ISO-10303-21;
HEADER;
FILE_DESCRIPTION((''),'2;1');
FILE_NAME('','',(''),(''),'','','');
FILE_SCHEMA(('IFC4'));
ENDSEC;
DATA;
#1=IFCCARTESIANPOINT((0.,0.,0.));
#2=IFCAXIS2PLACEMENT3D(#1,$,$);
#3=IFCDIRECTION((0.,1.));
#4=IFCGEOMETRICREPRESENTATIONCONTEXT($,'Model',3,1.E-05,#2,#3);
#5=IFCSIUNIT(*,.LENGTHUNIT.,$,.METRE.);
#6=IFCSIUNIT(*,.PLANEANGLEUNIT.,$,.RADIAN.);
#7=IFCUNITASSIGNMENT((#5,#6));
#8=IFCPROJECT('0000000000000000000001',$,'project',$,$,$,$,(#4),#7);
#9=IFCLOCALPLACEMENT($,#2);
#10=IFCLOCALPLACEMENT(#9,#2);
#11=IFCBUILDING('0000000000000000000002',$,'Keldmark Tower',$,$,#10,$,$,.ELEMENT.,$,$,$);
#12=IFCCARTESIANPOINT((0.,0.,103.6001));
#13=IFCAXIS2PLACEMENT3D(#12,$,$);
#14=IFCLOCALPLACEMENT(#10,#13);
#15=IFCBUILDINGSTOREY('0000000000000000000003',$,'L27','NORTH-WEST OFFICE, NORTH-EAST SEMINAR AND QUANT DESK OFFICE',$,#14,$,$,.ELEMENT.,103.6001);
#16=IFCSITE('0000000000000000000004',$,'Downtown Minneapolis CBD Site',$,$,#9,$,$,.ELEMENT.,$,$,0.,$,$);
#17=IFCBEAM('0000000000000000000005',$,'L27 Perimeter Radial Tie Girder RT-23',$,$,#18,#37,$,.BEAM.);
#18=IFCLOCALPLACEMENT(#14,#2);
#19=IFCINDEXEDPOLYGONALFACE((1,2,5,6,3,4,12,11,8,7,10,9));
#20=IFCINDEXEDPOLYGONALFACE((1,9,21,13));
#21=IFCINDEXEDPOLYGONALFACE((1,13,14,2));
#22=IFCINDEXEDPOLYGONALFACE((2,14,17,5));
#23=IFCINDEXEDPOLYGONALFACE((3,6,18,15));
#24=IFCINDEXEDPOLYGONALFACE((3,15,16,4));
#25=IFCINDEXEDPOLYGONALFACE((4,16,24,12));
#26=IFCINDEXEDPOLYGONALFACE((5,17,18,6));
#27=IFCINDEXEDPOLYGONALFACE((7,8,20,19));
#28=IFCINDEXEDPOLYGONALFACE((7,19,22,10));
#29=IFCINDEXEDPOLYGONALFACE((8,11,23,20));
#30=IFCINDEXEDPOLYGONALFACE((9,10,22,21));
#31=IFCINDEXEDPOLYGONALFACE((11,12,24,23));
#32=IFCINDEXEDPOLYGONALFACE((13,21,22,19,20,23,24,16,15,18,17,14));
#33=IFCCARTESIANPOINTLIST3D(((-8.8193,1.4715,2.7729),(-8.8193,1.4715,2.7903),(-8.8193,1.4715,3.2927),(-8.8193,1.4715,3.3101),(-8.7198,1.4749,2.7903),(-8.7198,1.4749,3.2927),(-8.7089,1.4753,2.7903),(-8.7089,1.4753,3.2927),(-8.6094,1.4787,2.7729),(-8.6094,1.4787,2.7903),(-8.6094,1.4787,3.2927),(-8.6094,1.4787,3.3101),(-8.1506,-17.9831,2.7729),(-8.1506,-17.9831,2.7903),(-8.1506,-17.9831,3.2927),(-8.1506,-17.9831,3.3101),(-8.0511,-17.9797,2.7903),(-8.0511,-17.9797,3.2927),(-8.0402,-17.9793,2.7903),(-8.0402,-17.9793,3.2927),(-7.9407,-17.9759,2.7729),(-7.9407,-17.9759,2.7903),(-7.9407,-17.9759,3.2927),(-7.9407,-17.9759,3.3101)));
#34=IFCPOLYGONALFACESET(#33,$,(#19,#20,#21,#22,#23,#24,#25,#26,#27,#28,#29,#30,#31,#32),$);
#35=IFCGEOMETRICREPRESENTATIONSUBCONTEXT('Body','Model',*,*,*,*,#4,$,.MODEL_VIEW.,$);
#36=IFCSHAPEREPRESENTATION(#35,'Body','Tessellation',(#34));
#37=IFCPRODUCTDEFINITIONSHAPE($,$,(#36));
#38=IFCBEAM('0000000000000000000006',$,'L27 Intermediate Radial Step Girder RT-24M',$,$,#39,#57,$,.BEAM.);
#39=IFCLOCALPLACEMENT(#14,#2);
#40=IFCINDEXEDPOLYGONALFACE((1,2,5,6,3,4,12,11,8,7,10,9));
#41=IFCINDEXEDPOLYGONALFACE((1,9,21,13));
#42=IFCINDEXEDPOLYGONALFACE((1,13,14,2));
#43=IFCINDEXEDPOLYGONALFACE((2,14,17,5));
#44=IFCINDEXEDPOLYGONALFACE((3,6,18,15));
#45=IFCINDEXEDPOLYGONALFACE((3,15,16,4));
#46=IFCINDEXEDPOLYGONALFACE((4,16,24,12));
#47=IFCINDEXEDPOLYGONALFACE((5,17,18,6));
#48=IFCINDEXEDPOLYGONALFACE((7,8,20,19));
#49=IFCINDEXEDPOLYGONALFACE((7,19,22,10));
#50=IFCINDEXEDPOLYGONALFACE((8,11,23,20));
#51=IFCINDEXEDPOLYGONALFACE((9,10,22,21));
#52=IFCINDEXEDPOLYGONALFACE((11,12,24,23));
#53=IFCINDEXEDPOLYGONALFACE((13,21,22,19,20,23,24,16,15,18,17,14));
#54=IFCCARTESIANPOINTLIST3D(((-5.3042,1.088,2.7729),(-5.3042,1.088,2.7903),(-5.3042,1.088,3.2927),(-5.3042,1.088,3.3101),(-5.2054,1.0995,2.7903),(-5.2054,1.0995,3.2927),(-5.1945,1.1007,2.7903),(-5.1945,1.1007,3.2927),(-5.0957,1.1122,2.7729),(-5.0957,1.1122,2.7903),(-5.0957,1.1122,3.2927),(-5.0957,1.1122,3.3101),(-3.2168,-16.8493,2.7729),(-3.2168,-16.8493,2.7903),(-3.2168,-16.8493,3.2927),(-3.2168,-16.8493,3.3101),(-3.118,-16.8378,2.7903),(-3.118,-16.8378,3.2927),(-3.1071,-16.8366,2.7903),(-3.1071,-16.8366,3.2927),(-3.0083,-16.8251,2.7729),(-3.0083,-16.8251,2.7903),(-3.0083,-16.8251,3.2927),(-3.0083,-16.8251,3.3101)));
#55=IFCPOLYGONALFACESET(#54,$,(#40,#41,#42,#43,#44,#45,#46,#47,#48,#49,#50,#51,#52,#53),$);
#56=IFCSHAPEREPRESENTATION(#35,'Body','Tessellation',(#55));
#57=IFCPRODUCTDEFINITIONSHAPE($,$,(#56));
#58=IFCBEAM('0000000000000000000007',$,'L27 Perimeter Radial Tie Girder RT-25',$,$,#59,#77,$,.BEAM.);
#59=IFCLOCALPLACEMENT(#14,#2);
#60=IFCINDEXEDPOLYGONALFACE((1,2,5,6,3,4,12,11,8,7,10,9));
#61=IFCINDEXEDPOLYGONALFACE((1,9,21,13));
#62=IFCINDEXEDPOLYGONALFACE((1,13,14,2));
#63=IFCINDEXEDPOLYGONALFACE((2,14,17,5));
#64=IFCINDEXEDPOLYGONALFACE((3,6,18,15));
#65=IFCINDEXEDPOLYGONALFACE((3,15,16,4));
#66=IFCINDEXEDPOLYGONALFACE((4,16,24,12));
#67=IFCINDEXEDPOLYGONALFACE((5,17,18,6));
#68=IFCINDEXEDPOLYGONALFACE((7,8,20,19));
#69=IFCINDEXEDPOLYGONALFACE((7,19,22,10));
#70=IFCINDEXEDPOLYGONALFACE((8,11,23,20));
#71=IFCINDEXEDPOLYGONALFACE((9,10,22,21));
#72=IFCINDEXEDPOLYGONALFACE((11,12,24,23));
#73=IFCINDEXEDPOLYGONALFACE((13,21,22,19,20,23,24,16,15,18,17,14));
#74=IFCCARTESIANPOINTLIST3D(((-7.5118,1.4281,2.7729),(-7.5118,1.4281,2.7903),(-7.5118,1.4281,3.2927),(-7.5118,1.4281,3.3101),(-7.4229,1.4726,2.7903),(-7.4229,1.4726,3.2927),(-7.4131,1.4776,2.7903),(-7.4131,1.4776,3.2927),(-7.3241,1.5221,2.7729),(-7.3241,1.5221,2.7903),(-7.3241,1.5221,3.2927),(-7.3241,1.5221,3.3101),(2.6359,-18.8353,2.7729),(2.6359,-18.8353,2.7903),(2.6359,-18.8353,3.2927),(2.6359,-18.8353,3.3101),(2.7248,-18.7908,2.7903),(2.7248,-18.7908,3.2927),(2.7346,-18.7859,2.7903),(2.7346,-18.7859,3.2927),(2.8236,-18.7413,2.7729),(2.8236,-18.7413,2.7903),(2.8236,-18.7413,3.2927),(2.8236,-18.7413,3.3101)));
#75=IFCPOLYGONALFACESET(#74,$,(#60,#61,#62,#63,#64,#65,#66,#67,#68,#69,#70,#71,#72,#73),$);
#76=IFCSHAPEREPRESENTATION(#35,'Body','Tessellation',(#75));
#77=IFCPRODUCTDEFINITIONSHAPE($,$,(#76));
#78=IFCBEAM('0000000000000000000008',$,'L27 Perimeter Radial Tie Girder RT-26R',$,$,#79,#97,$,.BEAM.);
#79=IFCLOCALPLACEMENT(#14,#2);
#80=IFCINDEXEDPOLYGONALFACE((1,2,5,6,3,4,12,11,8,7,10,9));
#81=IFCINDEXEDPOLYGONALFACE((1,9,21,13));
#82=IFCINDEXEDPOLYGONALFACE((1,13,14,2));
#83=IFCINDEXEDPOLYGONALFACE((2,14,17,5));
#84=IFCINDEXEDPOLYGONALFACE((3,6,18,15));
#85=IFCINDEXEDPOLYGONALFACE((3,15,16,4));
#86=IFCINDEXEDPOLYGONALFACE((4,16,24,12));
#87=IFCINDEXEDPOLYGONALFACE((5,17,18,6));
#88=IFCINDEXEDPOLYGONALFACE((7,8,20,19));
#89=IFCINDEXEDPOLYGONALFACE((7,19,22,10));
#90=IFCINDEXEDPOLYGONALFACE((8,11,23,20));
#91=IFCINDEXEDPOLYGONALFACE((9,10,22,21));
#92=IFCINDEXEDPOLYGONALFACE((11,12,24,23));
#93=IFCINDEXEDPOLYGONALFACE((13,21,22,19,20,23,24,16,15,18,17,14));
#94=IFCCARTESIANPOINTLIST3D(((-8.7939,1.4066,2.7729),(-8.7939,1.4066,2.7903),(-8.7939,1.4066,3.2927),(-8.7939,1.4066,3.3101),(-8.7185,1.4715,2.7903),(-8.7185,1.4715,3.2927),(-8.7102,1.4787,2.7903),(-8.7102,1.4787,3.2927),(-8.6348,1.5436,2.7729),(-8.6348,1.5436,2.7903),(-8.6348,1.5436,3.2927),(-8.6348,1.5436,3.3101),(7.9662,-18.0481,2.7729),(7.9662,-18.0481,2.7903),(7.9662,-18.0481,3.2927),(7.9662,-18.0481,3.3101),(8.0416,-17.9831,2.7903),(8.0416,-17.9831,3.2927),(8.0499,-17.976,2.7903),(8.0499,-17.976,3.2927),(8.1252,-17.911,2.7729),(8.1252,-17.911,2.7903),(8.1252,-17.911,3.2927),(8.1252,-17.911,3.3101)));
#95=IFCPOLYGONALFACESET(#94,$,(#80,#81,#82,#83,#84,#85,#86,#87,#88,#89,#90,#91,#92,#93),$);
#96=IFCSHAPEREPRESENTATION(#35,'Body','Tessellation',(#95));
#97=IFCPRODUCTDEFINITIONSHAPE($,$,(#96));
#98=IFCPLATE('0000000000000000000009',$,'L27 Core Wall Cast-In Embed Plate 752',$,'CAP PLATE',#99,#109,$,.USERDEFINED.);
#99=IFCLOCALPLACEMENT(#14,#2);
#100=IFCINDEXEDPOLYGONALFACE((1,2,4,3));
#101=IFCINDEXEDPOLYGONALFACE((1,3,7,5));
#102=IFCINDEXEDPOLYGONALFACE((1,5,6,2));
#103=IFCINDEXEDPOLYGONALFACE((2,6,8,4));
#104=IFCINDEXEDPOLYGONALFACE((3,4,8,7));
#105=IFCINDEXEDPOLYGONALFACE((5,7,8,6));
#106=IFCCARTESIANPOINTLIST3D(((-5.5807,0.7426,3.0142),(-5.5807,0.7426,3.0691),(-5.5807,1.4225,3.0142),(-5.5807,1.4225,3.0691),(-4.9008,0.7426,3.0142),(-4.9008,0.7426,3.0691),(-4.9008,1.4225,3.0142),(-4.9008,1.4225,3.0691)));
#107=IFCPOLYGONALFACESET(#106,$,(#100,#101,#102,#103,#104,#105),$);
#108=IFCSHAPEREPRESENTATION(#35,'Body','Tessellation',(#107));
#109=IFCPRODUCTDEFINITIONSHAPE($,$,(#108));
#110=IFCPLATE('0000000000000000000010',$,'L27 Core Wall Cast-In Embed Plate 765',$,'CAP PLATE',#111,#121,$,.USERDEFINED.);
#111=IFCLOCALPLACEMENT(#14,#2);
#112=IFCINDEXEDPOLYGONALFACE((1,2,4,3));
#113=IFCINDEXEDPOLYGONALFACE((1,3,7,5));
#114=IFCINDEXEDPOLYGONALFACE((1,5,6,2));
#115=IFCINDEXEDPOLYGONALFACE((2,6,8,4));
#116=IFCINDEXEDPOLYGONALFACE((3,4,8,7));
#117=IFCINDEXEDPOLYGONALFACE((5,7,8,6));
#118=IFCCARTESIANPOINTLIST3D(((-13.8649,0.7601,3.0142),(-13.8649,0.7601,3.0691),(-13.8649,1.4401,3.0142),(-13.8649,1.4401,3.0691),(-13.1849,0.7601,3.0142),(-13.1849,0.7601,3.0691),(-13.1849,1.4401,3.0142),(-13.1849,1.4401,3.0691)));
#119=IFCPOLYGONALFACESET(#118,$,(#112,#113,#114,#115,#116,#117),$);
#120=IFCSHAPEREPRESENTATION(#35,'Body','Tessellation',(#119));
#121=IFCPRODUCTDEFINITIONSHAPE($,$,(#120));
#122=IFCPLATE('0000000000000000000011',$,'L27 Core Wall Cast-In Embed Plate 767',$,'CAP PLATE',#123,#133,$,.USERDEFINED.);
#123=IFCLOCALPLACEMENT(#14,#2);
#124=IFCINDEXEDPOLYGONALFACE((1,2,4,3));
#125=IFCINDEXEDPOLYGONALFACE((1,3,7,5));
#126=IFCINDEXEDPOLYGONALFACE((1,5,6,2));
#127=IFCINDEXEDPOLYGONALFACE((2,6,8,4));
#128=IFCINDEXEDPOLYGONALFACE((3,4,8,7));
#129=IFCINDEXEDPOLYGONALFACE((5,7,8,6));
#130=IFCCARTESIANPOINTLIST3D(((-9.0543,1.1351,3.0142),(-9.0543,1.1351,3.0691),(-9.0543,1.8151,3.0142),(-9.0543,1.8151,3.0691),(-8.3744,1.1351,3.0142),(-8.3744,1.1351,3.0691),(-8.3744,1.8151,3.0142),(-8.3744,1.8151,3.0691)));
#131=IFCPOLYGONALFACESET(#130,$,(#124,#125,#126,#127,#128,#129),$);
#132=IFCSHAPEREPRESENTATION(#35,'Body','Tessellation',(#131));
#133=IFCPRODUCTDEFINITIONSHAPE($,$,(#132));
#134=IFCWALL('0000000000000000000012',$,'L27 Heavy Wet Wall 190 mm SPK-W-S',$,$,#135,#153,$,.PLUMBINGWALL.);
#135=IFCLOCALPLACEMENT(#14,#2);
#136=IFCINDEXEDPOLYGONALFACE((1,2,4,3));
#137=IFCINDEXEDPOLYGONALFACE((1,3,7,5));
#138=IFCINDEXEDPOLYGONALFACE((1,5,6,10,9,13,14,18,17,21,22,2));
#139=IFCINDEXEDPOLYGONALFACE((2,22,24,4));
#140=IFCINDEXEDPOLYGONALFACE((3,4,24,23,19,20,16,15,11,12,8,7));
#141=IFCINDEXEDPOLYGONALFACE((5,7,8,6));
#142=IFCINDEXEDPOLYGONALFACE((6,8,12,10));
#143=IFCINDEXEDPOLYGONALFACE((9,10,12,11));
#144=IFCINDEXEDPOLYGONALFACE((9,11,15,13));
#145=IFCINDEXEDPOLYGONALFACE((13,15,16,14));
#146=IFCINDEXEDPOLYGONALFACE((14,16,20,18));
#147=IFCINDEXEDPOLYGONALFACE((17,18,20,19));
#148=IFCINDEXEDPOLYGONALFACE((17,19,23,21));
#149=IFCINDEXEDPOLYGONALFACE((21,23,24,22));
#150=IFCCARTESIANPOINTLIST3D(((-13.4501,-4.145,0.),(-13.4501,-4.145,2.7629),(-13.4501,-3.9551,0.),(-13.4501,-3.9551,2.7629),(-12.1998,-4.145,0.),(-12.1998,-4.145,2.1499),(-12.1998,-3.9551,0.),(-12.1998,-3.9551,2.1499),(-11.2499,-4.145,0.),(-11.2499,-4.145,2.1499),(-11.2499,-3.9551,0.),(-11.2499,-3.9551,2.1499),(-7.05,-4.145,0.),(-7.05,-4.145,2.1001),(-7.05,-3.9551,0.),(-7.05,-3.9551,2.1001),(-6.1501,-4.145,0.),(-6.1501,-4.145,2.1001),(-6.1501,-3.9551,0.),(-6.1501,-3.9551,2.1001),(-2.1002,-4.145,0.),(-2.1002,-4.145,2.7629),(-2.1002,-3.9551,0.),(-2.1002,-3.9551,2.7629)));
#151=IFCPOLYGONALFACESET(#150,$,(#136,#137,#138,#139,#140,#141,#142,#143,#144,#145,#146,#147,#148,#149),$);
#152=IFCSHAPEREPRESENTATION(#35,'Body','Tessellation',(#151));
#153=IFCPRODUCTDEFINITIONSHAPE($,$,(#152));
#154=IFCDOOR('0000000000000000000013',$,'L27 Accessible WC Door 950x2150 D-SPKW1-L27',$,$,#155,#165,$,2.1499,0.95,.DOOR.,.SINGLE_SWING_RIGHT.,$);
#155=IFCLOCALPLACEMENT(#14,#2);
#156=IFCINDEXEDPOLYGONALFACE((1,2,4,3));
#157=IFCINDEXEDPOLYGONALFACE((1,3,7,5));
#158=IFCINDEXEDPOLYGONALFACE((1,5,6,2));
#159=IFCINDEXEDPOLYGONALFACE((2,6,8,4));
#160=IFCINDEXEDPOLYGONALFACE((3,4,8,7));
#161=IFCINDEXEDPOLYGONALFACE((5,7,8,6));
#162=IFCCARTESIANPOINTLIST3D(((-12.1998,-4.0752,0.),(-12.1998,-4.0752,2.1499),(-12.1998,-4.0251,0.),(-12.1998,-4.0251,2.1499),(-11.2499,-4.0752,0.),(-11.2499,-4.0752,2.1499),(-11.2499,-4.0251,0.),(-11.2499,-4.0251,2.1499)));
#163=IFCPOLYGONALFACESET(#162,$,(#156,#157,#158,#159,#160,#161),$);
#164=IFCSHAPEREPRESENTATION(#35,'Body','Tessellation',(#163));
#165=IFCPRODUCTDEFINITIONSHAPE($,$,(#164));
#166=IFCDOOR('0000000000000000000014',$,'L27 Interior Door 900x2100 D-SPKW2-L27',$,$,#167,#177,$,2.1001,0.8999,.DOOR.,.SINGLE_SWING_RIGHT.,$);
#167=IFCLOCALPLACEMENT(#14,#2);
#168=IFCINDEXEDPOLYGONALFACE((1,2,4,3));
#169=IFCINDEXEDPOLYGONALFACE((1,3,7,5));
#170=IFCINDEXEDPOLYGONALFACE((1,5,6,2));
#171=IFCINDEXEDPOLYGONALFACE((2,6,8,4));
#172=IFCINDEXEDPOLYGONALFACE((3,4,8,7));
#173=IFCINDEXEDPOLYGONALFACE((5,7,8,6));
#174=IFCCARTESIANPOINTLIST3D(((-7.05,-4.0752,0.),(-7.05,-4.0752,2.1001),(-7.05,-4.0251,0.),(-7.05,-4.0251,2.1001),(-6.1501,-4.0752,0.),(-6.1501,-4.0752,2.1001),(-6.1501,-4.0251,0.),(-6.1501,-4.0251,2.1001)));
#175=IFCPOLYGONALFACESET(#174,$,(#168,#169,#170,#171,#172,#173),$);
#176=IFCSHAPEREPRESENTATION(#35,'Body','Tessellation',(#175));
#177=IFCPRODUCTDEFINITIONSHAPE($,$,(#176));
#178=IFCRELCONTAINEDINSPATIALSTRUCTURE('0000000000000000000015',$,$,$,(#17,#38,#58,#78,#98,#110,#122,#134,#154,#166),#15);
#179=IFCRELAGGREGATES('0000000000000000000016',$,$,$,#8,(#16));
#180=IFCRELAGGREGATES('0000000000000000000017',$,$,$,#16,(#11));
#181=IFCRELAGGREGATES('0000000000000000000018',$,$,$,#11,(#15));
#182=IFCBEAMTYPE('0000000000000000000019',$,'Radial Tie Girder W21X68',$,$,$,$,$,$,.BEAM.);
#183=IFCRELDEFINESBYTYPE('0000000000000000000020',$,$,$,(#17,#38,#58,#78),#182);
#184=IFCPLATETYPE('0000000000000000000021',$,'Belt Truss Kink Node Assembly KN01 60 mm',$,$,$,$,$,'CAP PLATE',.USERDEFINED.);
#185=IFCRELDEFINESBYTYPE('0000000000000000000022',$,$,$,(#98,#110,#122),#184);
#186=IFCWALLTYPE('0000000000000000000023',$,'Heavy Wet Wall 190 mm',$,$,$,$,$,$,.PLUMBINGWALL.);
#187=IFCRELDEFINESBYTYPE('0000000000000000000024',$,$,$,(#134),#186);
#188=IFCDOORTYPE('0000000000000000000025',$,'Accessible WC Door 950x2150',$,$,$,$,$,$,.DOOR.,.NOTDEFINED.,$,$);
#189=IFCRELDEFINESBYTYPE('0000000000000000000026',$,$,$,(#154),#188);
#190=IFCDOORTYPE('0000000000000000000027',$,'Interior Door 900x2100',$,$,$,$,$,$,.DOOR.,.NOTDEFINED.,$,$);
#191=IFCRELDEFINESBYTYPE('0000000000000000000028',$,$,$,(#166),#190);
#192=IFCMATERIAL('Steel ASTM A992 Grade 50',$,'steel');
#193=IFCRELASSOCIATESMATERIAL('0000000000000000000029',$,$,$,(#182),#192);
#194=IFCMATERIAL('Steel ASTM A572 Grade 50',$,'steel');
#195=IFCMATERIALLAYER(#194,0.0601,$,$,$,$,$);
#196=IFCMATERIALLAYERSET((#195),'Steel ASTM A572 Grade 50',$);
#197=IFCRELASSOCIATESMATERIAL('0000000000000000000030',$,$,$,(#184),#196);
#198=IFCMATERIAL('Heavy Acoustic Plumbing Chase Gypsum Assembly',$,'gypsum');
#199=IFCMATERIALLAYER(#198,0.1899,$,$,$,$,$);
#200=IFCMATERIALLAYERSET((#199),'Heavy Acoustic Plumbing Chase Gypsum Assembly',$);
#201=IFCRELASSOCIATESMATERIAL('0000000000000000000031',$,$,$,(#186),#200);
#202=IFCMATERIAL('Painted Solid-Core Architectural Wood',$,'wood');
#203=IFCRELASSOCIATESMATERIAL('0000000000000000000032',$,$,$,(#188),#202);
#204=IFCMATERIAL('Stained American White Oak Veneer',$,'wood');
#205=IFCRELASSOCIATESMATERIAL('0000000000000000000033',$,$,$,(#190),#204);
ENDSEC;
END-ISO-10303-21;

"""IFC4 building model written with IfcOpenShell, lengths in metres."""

from ifc_helpers import new_model, si_unit, direction, frame, frame_2d, origin, origin_2d, place, context, subcontext, project, spatial, rectangle, i_section, extrude, material, layer, layer_set, material_profile, profile_set, type_object, element, fill, save


model = new_model("IFC4")

# Units and contexts
model_context = context("Model", 3, precision=1e-05, world=origin(), true_north=direction((0.0, 1.0)))
body_context = subcontext(model_context, "Body", "Model", "MODEL_VIEW")
ifc_project = project(units=[si_unit("LENGTHUNIT", "METRE"), si_unit("PLANEANGLEUNIT", "RADIAN")], contexts=[model_context])

# Site, building, storey
site_placement = place(None, origin())
site = spatial("IfcSite", under=ifc_project, at=site_placement, Name="Downtown Minneapolis CBD Site", CompositionType="ELEMENT", RefElevation=0.0)
building_placement = place(site_placement, origin())
building = spatial("IfcBuilding", under=site, at=building_placement, Name="Keldmark Tower", CompositionType="ELEMENT")
storey_placement = place(building_placement, frame((0.0, 0.0, 103.6001)))
storey = spatial("IfcBuildingStorey", under=building, at=storey_placement, Name="L27", Description="NORTH-WEST OFFICE, NORTH-EAST SEMINAR AND QUANT DESK OFFICE", CompositionType="ELEMENT", Elevation=103.6001)

# Beams
ifc_material_1 = material(Name="Steel ASTM A992 Grade 50", Category="steel")
ifc_material_profile_1 = material_profile(ifc_material_1, i_section(OverallWidth=0.21, OverallDepth=0.5371, WebThickness=0.011, FlangeThickness=0.0173, at=origin_2d()), Name="W21X68")
ifc_profile_set_1 = profile_set([ifc_material_profile_1], Name="Steel ASTM A992 Grade 50")
beam_type_1 = type_object("IfcBeamType", Name="Radial Tie Girder W21X68", PredefinedType="BEAM", material=ifc_profile_set_1)
beam_1_placement = place(storey_placement, frame((-8.7144, 1.4751, 3.0415), z_axis=(0.034352, -0.99941, 0.0), x_axis=(0.99941, 0.034352, 0.0)))
element("IfcBeam", 1, at=beam_1_placement, inside=storey, type_object=beam_type_1, Name="L27 Perimeter Radial Tie Girder RT-23", PredefinedType="BEAM", context=body_context, shape_type="SweptSolid", body=[
    extrude(i_section(OverallWidth=0.21, OverallDepth=0.5371, WebThickness=0.011, FlangeThickness=0.0173, at=origin_2d()), origin(), (0.0, 0.0, 1.0), 19.4661),
])
beam_2_placement = place(storey_placement, frame((-5.2, 1.1001, 3.0415), z_axis=(0.115592, -0.993297, 0.0), x_axis=(0.993297, 0.115592, 0.0)))
element("IfcBeam", 2, at=beam_2_placement, inside=storey, type_object=beam_type_1, Name="L27 Intermediate Radial Step Girder RT-24M", PredefinedType="BEAM", context=body_context, shape_type="SweptSolid", body=[
    extrude(i_section(OverallWidth=0.21, OverallDepth=0.5371, WebThickness=0.011, FlangeThickness=0.0173, at=origin_2d()), origin(), (0.0, 0.0, 1.0), 18.0583),
])
beam_3_placement = place(storey_placement, frame((-7.418, 1.4751, 3.0415), z_axis=(0.447778, -0.894145, 0.0), x_axis=(0.894145, 0.447778, 0.0)))
element("IfcBeam", 3, at=beam_3_placement, inside=storey, type_object=beam_type_1, Name="L27 Perimeter Radial Tie Girder RT-25", PredefinedType="BEAM", context=body_context, shape_type="SweptSolid", body=[
    extrude(i_section(OverallWidth=0.21, OverallDepth=0.5371, WebThickness=0.011, FlangeThickness=0.0173, at=origin_2d()), origin(), (0.0, 0.0, 1.0), 22.6624),
])
beam_4_placement = place(storey_placement, frame((-8.7144, 1.4751, 3.0415), z_axis=(0.65269, -0.757625, 0.0), x_axis=(0.757625, 0.65269, 0.0)))
element("IfcBeam", 4, at=beam_4_placement, inside=storey, type_object=beam_type_1, Name="L27 Perimeter Radial Tie Girder RT-26R", PredefinedType="BEAM", context=body_context, shape_type="SweptSolid", body=[
    extrude(i_section(OverallWidth=0.21, OverallDepth=0.5371, WebThickness=0.011, FlangeThickness=0.0173, at=origin_2d()), origin(), (0.0, 0.0, 1.0), 25.6785),
])

# Plates
ifc_material_2 = material(Name="Steel ASTM A572 Grade 50", Category="steel")
ifc_layer_1 = layer(ifc_material_2, 0.0601)
ifc_layer_set_1 = layer_set([ifc_layer_1], Name="Steel ASTM A572 Grade 50")
plate_type = type_object("IfcPlateType", Name="Belt Truss Kink Node Assembly KN01 60 mm", ElementType="CAP PLATE", PredefinedType="USERDEFINED", material=ifc_layer_set_1)
for number, where, z_axis, x_axis, name in (
    (5, (-5.2407, 1.0825, 3.0142), (0.0, 0.0, 1.0), (1.0, 0.0, 0.0), "L27 Core Wall Cast-In Embed Plate 752"),
    (6, (-13.5249, 1.1001, 3.0142), (0.0, 0.0, 1.0), (1.0, 0.0, 0.0), "L27 Core Wall Cast-In Embed Plate 765"),
    (7, (-8.7144, 1.4751, 3.0142), (0.0, 0.0, 1.0), (1.0, 0.0, 0.0), "L27 Core Wall Cast-In Embed Plate 767"),
):
    element("IfcPlate", number, at=place(storey_placement, frame(where, z_axis=z_axis, x_axis=x_axis)), inside=storey, type_object=plate_type, Name=name, ObjectType="CAP PLATE", PredefinedType="USERDEFINED", context=body_context, shape_type="SweptSolid", body=[
        extrude(rectangle(XDim=0.6799, YDim=0.6799, at=origin_2d()), origin(), (0.0, 0.0, 1.0), 0.0549),
    ])

# Wall, openings, doors
ifc_material_3 = material(Name="Heavy Acoustic Plumbing Chase Gypsum Assembly", Category="gypsum")
ifc_layer_2 = layer(ifc_material_3, 0.1899)
ifc_layer_set_2 = layer_set([ifc_layer_2], Name="Heavy Acoustic Plumbing Chase Gypsum Assembly")
wall_type_1 = type_object("IfcWallType", Name="Heavy Wet Wall 190 mm", PredefinedType="PLUMBINGWALL", material=ifc_layer_set_2)
wall_1_placement = place(storey_placement, frame((-13.45, -4.05, 0.0), z_axis=(0.0, 0.0, 1.0), x_axis=(1.0, 0.0, 0.0)))
wall_1 = element("IfcWall", 8, at=wall_1_placement, inside=storey, type_object=wall_type_1, Name="L27 Heavy Wet Wall 190 mm SPK-W-S", PredefinedType="PLUMBINGWALL", context=body_context, shape_type="SweptSolid", body=[
    extrude(rectangle(XDim=11.3499, YDim=0.1899, at=frame_2d((5.6748, 0.0))), origin(), (0.0, 0.0, 1.0), 2.7629),
])
opening_1_placement = place(wall_1_placement, frame((1.25, 0.0, 0.0)))
opening_1 = element("IfcOpeningElement", 9, at=opening_1_placement, cuts=wall_1, PredefinedType="OPENING", context=body_context, shape_type="SweptSolid", body=[
    extrude(rectangle(XDim=0.95, YDim=2.1499, at=frame_2d((0.4751, 1.075))), frame((0.0, 0.105, 0.0), z_axis=(0.0, -1.0, 0.0), x_axis=(1.0, 0.0, 0.0)), (0.0, 0.0, 1.0), 0.21),
])
opening_2_placement = place(wall_1_placement, frame((6.3999, 0.0, 0.0)))
opening_2 = element("IfcOpeningElement", 10, at=opening_2_placement, cuts=wall_1, PredefinedType="OPENING", context=body_context, shape_type="SweptSolid", body=[
    extrude(rectangle(XDim=0.8999, YDim=2.1001, at=frame_2d((0.45, 1.05))), frame((0.0, 0.105, 0.0), z_axis=(0.0, -1.0, 0.0), x_axis=(1.0, 0.0, 0.0)), (0.0, 0.0, 1.0), 0.21),
])
ifc_material_4 = material(Name="Painted Solid-Core Architectural Wood", Category="wood")
door_type_1 = type_object("IfcDoorType", Name="Accessible WC Door 950x2150", OperationType="NOTDEFINED", PredefinedType="DOOR", material=ifc_material_4)
door_1_placement = place(opening_1_placement, origin())
door_1 = element("IfcDoor", 11, at=door_1_placement, inside=storey, type_object=door_type_1, Name="L27 Accessible WC Door 950x2150 D-SPKW1-L27", OperationType="SINGLE_SWING_RIGHT", OverallHeight=2.1499, OverallWidth=0.95, PredefinedType="DOOR", context=body_context, shape_type="SweptSolid", body=[
    extrude(rectangle(XDim=0.95, YDim=2.1499, at=frame_2d((0.4751, 1.075))), frame((0.0, 0.0249, 0.0), z_axis=(0.0, -1.0, 0.0), x_axis=(1.0, 0.0, 0.0)), (0.0, 0.0, 1.0), 0.05),
])
fill(opening_1, door_1)
ifc_material_5 = material(Name="Stained American White Oak Veneer", Category="wood")
door_type_2 = type_object("IfcDoorType", Name="Interior Door 900x2100", OperationType="NOTDEFINED", PredefinedType="DOOR", material=ifc_material_5)
door_2_placement = place(opening_2_placement, origin())
door_2 = element("IfcDoor", 12, at=door_2_placement, inside=storey, type_object=door_type_2, Name="L27 Interior Door 900x2100 D-SPKW2-L27", OperationType="SINGLE_SWING_RIGHT", OverallHeight=2.1001, OverallWidth=0.8999, PredefinedType="DOOR", context=body_context, shape_type="SweptSolid", body=[
    extrude(rectangle(XDim=0.8999, YDim=2.1001, at=frame_2d((0.45, 1.05))), frame((0.0, 0.0249, 0.0), z_axis=(0.0, -1.0, 0.0), x_axis=(1.0, 0.0, 0.0)), (0.0, 0.0, 1.0), 0.05),
])
fill(opening_2, door_2)

save(model, "model.ifc")
